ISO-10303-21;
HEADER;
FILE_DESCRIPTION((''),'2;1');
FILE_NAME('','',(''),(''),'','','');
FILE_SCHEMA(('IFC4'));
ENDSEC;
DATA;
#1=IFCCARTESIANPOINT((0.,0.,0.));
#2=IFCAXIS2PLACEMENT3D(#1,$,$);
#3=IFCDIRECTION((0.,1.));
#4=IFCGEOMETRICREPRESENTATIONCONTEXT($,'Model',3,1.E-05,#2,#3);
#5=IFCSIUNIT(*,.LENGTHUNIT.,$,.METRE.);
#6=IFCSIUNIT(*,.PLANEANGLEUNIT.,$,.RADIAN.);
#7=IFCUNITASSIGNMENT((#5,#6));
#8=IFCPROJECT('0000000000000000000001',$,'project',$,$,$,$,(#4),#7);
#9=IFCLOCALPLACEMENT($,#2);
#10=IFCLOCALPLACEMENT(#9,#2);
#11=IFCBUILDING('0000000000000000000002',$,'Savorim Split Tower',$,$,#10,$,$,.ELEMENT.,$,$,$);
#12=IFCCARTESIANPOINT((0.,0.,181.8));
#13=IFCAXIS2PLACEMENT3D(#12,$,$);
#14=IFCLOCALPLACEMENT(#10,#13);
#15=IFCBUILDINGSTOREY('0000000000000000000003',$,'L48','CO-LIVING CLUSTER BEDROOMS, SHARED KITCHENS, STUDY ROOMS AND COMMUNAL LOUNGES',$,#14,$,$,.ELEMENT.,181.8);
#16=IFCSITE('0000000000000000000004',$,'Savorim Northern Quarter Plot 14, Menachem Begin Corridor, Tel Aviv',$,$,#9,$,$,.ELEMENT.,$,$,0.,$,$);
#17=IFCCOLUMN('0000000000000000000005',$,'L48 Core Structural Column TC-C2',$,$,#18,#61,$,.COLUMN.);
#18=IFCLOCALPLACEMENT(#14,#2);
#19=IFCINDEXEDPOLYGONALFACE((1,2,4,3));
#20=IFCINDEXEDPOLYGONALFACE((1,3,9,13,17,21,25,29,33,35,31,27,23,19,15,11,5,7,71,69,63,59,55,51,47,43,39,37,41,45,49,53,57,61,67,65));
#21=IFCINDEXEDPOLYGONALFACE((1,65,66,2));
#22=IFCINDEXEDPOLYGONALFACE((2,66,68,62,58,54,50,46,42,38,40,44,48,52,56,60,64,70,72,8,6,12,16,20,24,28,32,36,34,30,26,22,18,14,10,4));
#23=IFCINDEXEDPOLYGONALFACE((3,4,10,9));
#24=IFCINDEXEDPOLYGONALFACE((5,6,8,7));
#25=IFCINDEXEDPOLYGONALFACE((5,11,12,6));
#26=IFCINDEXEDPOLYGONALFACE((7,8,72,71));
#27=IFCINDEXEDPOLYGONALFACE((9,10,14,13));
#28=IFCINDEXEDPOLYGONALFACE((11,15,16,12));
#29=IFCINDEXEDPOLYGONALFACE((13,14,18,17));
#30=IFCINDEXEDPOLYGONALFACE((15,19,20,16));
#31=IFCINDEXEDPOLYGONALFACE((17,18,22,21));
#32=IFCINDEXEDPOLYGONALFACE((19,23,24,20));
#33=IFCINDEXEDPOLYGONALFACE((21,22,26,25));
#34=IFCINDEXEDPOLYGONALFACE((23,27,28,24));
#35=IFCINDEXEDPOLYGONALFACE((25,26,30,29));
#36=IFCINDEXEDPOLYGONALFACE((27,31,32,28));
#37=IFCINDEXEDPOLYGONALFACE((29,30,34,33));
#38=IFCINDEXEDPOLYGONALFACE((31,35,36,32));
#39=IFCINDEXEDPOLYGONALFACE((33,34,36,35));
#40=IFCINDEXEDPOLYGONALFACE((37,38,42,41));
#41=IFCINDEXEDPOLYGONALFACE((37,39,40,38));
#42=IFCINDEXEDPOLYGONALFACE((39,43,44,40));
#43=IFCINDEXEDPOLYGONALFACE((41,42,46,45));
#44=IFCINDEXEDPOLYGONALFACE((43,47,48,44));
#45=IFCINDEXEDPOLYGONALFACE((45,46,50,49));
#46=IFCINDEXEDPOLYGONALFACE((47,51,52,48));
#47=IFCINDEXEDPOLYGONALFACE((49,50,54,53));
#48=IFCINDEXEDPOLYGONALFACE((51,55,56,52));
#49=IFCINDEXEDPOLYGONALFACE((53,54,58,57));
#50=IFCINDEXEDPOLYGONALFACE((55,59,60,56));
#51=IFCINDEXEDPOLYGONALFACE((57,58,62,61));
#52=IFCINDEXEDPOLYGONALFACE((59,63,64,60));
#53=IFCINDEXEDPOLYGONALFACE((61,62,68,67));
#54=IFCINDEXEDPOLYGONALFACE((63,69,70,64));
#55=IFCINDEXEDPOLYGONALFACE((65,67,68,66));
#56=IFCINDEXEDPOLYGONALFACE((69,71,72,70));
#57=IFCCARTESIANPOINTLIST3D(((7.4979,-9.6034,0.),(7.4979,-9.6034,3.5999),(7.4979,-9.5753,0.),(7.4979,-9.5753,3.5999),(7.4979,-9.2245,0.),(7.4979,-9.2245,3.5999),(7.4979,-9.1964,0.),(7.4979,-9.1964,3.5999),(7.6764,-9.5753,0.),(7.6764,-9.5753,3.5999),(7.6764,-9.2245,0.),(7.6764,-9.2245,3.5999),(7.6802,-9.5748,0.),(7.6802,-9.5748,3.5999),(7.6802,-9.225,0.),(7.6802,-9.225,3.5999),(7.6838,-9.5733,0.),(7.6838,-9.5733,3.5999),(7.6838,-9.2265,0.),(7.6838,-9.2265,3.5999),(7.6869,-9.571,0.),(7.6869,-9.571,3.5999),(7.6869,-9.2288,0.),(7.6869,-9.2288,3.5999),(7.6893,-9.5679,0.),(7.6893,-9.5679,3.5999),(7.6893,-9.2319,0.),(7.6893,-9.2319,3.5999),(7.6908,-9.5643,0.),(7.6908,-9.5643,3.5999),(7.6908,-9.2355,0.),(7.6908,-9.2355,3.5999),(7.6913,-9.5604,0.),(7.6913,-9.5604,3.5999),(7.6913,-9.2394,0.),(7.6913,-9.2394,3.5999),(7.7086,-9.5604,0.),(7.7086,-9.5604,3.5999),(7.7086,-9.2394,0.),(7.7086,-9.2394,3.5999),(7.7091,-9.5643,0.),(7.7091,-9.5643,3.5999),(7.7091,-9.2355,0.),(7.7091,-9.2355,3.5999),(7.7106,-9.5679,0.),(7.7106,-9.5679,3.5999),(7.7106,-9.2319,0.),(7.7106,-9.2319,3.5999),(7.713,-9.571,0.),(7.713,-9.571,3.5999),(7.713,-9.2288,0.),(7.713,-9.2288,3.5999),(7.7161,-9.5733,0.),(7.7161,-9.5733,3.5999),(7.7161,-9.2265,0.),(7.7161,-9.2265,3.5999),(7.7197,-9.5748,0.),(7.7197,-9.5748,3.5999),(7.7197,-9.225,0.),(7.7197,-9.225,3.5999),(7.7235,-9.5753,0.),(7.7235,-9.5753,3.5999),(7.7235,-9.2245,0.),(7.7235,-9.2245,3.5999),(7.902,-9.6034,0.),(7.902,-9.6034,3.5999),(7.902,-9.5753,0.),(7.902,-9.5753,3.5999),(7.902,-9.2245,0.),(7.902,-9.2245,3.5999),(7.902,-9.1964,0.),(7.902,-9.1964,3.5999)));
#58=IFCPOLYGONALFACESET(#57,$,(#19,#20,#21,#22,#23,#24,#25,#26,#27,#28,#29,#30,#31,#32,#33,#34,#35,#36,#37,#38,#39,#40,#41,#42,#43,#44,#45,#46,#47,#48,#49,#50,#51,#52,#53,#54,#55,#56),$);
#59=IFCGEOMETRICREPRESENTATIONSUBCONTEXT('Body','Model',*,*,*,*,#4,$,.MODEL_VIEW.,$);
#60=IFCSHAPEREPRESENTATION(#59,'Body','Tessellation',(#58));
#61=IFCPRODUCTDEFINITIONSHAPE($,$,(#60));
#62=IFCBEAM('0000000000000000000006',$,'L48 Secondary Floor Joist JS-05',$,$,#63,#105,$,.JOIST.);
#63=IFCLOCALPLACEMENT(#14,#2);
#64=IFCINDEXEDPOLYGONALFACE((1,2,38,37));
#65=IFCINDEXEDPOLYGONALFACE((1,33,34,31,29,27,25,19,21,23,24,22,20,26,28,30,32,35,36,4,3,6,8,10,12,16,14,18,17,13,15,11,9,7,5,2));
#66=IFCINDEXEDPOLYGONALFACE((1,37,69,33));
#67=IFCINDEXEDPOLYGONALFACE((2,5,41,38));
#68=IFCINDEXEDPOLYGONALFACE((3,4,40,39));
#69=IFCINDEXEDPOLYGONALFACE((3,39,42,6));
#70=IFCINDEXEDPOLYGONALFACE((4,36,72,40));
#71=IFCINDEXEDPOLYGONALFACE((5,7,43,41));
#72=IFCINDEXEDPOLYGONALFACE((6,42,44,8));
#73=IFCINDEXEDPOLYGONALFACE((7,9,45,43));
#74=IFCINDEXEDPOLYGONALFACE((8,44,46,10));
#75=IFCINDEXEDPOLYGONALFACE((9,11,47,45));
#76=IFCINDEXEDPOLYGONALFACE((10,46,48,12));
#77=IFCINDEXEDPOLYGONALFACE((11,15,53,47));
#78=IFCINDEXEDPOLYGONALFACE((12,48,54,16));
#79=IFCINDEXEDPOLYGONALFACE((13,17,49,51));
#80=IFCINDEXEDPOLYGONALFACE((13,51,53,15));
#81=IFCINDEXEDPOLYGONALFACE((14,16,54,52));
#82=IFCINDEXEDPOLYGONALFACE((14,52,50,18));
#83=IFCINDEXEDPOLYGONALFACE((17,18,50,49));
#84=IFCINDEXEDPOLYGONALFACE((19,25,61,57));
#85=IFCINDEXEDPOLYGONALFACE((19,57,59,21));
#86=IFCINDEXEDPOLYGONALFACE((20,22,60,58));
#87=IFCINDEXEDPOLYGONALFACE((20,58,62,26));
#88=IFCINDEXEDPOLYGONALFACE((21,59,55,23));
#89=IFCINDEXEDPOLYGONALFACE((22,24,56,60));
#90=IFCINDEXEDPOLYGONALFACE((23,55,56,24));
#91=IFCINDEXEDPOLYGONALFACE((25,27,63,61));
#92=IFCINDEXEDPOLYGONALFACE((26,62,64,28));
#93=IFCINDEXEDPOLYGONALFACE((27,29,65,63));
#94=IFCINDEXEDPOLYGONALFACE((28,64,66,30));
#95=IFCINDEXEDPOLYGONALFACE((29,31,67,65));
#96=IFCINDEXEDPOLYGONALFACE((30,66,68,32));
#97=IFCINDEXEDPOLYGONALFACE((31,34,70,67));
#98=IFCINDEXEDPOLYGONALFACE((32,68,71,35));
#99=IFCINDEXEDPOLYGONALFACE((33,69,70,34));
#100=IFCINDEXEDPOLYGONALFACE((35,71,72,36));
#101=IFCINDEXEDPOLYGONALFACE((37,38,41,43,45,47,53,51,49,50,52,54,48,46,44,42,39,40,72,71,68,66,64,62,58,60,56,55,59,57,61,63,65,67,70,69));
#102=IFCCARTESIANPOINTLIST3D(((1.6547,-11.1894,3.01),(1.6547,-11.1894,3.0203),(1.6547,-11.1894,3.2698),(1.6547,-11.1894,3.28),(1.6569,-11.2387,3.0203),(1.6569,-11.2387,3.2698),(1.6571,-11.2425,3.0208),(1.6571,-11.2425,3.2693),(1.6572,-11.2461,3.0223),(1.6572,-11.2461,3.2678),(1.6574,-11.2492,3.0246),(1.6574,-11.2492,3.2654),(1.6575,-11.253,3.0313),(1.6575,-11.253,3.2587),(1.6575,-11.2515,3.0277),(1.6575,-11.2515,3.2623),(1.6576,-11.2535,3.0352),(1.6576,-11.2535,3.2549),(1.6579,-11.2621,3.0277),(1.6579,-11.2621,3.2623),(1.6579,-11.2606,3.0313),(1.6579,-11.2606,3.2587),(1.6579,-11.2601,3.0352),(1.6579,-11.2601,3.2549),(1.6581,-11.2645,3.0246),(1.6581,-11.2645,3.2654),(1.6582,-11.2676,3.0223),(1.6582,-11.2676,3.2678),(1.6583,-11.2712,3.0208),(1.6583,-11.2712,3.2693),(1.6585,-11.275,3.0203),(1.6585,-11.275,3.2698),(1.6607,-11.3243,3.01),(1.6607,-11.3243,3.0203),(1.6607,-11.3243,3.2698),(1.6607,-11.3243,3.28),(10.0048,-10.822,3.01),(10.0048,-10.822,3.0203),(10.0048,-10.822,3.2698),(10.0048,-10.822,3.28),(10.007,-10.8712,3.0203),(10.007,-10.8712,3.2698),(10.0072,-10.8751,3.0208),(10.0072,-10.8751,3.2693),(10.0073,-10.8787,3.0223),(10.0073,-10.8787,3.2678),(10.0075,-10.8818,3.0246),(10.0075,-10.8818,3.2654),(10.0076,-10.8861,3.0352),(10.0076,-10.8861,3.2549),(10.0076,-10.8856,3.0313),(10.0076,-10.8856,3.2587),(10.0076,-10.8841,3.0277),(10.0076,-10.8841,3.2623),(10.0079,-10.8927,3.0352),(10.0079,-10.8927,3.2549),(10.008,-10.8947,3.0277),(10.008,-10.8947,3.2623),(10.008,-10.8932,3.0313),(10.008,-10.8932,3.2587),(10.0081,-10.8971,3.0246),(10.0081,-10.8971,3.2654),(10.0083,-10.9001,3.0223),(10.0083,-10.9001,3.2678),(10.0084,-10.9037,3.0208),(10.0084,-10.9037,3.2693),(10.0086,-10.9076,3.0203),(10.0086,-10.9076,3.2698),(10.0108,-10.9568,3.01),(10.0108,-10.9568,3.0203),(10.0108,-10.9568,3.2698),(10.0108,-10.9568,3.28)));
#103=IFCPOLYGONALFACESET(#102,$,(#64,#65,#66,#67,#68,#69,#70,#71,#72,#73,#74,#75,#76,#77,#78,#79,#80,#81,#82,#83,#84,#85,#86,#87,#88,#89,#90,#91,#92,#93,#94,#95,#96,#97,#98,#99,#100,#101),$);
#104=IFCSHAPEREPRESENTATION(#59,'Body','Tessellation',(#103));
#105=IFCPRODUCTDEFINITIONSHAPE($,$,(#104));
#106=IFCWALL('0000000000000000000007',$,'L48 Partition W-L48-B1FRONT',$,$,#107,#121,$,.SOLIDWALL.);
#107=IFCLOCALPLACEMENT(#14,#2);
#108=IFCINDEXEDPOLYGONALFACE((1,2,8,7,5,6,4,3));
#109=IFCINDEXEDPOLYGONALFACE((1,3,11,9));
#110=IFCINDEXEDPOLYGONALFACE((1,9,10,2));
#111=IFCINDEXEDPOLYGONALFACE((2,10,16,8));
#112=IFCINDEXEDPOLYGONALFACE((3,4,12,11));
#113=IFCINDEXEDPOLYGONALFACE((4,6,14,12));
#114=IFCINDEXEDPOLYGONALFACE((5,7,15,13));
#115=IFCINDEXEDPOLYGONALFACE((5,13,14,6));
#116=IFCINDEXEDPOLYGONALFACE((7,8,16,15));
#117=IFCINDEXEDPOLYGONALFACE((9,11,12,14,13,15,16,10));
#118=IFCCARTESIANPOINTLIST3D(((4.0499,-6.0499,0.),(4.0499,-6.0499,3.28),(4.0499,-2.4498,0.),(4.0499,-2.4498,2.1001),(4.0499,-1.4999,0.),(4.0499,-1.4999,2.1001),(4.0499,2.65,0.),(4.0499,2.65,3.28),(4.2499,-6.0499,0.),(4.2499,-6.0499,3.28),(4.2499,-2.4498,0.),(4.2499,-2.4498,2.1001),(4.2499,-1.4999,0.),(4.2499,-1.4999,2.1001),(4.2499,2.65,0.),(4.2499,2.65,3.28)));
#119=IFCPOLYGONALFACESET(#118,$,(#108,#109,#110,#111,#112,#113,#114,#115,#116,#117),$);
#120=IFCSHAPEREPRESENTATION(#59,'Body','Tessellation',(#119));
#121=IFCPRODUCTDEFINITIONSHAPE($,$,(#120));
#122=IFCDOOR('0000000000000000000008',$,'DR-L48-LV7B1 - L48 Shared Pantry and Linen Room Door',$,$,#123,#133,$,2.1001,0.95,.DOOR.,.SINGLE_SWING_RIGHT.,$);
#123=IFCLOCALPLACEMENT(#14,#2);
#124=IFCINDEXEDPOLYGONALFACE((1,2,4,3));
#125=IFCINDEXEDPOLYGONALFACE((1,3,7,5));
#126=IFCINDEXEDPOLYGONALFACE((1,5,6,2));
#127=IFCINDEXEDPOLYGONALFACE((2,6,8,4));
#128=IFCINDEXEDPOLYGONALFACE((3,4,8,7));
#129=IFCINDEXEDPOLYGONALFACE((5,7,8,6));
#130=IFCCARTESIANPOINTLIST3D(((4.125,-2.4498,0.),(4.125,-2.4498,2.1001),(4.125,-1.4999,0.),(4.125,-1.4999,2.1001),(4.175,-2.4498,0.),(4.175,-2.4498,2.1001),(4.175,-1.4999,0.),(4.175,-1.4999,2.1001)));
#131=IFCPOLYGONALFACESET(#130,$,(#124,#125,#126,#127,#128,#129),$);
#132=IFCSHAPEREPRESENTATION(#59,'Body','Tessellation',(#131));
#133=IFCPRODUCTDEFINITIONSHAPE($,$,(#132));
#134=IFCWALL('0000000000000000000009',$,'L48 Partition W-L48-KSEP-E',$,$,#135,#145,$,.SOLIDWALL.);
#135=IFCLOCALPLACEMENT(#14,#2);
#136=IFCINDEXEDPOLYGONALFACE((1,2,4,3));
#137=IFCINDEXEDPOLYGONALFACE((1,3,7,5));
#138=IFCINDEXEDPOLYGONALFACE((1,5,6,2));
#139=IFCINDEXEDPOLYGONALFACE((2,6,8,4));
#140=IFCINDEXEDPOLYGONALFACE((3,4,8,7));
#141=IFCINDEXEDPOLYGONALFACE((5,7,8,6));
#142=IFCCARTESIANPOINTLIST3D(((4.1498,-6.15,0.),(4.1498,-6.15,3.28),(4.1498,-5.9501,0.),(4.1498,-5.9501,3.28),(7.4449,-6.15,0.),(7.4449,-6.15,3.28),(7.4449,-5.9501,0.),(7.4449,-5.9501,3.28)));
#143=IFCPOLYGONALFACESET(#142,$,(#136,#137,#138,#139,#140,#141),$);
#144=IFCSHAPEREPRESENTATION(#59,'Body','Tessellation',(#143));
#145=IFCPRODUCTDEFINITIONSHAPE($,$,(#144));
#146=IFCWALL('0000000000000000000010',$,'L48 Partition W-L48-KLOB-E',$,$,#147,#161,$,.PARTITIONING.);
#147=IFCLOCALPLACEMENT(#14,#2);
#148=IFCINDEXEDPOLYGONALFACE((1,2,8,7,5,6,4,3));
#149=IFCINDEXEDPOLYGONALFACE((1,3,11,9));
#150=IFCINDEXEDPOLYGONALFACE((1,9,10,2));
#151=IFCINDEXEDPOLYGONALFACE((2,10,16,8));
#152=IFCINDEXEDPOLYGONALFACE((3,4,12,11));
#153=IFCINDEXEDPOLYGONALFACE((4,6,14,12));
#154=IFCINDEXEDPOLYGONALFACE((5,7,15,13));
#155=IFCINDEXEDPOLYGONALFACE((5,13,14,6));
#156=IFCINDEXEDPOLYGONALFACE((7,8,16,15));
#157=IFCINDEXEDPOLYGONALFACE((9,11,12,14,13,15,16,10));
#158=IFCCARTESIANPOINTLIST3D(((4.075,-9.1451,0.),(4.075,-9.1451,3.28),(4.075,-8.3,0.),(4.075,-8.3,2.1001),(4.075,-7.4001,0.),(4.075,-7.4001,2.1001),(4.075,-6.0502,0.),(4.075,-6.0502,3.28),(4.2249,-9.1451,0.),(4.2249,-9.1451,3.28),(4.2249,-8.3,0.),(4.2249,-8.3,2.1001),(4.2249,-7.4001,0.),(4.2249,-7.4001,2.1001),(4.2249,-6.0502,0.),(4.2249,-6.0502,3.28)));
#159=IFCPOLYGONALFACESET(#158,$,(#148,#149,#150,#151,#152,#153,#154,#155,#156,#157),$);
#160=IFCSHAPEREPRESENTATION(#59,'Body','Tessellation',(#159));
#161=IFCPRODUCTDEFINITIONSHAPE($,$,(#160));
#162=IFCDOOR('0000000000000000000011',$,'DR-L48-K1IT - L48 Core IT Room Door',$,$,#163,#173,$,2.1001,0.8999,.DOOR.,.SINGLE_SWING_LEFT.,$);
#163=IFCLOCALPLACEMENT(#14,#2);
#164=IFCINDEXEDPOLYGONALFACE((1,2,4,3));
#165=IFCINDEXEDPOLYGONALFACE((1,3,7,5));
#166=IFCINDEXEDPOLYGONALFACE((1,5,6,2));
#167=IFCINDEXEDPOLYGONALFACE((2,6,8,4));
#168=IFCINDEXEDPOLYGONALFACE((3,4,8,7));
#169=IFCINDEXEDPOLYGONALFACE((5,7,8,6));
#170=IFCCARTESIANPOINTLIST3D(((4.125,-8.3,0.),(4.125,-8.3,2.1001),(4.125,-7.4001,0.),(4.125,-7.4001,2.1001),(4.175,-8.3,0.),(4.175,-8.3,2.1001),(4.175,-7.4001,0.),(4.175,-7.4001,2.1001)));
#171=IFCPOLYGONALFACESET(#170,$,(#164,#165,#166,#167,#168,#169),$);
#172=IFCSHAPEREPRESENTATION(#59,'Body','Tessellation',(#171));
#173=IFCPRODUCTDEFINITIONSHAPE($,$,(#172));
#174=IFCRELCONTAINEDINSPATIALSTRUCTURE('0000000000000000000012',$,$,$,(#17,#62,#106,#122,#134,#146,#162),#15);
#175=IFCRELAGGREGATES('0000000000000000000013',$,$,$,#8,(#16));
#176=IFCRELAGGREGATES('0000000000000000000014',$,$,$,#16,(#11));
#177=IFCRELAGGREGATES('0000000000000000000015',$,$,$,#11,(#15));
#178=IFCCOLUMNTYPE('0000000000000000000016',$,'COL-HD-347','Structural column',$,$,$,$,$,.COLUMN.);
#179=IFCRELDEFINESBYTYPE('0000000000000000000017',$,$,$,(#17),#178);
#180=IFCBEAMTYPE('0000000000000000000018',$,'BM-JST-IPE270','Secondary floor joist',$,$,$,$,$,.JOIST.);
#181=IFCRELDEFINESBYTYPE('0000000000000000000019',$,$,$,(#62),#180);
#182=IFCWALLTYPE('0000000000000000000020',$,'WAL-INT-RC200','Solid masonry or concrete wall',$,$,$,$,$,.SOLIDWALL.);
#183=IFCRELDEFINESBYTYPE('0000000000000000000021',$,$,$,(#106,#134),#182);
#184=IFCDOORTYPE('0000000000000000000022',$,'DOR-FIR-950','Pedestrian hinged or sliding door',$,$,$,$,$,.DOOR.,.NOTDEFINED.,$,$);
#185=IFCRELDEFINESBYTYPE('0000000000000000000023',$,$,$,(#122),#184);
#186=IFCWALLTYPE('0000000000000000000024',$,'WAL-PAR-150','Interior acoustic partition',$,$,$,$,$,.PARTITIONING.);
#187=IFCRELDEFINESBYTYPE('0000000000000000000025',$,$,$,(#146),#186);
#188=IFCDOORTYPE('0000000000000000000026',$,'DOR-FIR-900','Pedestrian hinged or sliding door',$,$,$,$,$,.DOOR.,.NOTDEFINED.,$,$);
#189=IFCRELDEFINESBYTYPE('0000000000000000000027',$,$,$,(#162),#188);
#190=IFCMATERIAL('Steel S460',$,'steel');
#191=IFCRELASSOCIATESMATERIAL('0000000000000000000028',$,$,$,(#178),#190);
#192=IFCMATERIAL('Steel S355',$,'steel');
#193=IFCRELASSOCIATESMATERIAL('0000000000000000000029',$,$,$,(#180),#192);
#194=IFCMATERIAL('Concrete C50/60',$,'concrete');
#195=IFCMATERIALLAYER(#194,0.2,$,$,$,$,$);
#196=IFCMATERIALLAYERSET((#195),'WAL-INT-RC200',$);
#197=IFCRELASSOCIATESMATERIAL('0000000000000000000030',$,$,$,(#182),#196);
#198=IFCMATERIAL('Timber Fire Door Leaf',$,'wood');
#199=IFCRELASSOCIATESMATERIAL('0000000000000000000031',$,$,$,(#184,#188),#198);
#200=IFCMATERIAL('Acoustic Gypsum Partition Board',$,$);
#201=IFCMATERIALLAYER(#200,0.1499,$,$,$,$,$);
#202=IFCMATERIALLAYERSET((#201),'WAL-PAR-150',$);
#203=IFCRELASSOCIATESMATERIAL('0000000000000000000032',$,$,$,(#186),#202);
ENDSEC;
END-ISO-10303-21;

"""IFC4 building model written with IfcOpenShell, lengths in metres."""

from ifc_helpers import new_model, si_unit, direction, frame, frame_2d, origin, origin_2d, place, context, subcontext, project, spatial, rectangle, i_section, extrude, material, layer, layer_set, material_profile, profile_set, type_object, element, fill, save


model = new_model("IFC4")

# Units and contexts
model_context = context("Model", 3, precision=1e-05, world=origin(), true_north=direction((0.0, 1.0)))
body_context = subcontext(model_context, "Body", "Model", "MODEL_VIEW")
ifc_project = project(units=[si_unit("LENGTHUNIT", "METRE"), si_unit("PLANEANGLEUNIT", "RADIAN")], contexts=[model_context])

# Site, building, storey
site_placement = place(None, origin())
site = spatial("IfcSite", under=ifc_project, at=site_placement, Name="Savorim Northern Quarter Plot 14, Menachem Begin Corridor, Tel Aviv", CompositionType="ELEMENT", RefElevation=0.0)
building_placement = place(site_placement, origin())
building = spatial("IfcBuilding", under=site, at=building_placement, Name="Savorim Split Tower", CompositionType="ELEMENT")
storey_placement = place(building_placement, frame((0.0, 0.0, 181.8)))
storey = spatial("IfcBuildingStorey", under=building, at=storey_placement, Name="L48", Description="CO-LIVING CLUSTER BEDROOMS, SHARED KITCHENS, STUDY ROOMS AND COMMUNAL LOUNGES", CompositionType="ELEMENT", Elevation=181.8)

# Column
ifc_material_1 = material(Name="Steel S460", Category="steel")
ifc_material_profile_1 = material_profile(ifc_material_1, i_section(OverallWidth=0.4041, OverallDepth=0.407, WebThickness=0.0173, FlangeThickness=0.0281, FilletRadius=0.0149, at=origin_2d()), Name="HD 400x347")
ifc_profile_set_1 = profile_set([ifc_material_profile_1], Name="Steel S460")
column_type = type_object("IfcColumnType", Name="COL-HD-347", Description="Structural column", PredefinedType="COLUMN", material=ifc_profile_set_1)
column_placement = place(storey_placement, frame((7.7, -9.3999, 0.0), z_axis=(0.0, 0.0, 1.0), x_axis=(1.0, 0.0, 0.0)))
element("IfcColumn", 1, at=column_placement, inside=storey, type_object=column_type, Name="L48 Core Structural Column TC-C2", PredefinedType="COLUMN", context=body_context, shape_type="SweptSolid", body=[
    extrude(i_section(OverallWidth=0.4041, OverallDepth=0.407, WebThickness=0.0173, FlangeThickness=0.0281, FilletRadius=0.0149, at=origin_2d()), origin(), (0.0, 0.0, 1.0), 3.5999),
])

# Beam
ifc_material_2 = material(Name="Steel S355", Category="steel")
ifc_material_profile_2 = material_profile(ifc_material_2, i_section(OverallWidth=0.135, OverallDepth=0.27, WebThickness=0.0066, FlangeThickness=0.0103, FilletRadius=0.0149, at=origin_2d()), Name="IPE 270")
ifc_profile_set_2 = profile_set([ifc_material_profile_2], Name="Steel S355")
beam_type = type_object("IfcBeamType", Name="BM-JST-IPE270", Description="Secondary floor joist", PredefinedType="JOIST", material=ifc_profile_set_2)
beam_placement = place(storey_placement, frame((1.6577, -11.2568, 3.145), z_axis=(0.999033, 0.043961, 0.0), x_axis=(-0.043961, 0.999033, 0.0)))
element("IfcBeam", 2, at=beam_placement, inside=storey, type_object=beam_type, Name="L48 Secondary Floor Joist JS-05", PredefinedType="JOIST", context=body_context, shape_type="SweptSolid", body=[
    extrude(i_section(OverallWidth=0.135, OverallDepth=0.27, WebThickness=0.0066, FlangeThickness=0.0103, FilletRadius=0.0149, at=origin_2d()), origin(), (0.0, 0.0, 1.0), 8.3582),
])

# Wall, opening, door
ifc_material_3 = material(Name="Concrete C50/60", Category="concrete")
ifc_layer_1 = layer(ifc_material_3, 0.2)
ifc_layer_set_1 = layer_set([ifc_layer_1], Name="WAL-INT-RC200")
wall_type_1 = type_object("IfcWallType", Name="WAL-INT-RC200", Description="Solid masonry or concrete wall", PredefinedType="SOLIDWALL", material=ifc_layer_set_1)
wall_1_placement = place(storey_placement, frame((4.1499, -6.05, 0.0), z_axis=(0.0, 0.0, 1.0), x_axis=(0.0, 1.0, 0.0)))
wall_1 = element("IfcWall", 3, at=wall_1_placement, inside=storey, type_object=wall_type_1, Name="L48 Partition W-L48-B1FRONT", PredefinedType="SOLIDWALL", context=body_context, shape_type="SweptSolid", body=[
    extrude(rectangle(XDim=8.7, YDim=0.2, at=frame_2d((4.3501, 0.0))), origin(), (0.0, 0.0, 1.0), 3.28),
])
opening_1_placement = place(wall_1_placement, frame((3.6001, 0.0, 0.0)))
opening_1 = element("IfcOpeningElement", 4, at=opening_1_placement, cuts=wall_1, PredefinedType="OPENING", context=body_context, shape_type="SweptSolid", body=[
    extrude(rectangle(XDim=0.95, YDim=2.1001, at=frame_2d((0.4751, 1.05))), frame((0.0, 0.1099, 0.0), z_axis=(0.0, -1.0, 0.0), x_axis=(1.0, 0.0, 0.0)), (0.0, 0.0, 1.0), 0.22),
])
ifc_material_4 = material(Name="Timber Fire Door Leaf", Category="wood")
door_type_1 = type_object("IfcDoorType", Name="DOR-FIR-950", Description="Pedestrian hinged or sliding door", OperationType="NOTDEFINED", PredefinedType="DOOR", material=ifc_material_4)
door_1_placement = place(opening_1_placement, origin())
door_1 = element("IfcDoor", 5, at=door_1_placement, inside=storey, type_object=door_type_1, Name="DR-L48-LV7B1 - L48 Shared Pantry and Linen Room Door", OperationType="SINGLE_SWING_RIGHT", OverallHeight=2.1001, OverallWidth=0.95, PredefinedType="DOOR", context=body_context, shape_type="SweptSolid", body=[
    extrude(rectangle(XDim=0.95, YDim=2.1001, at=frame_2d((0.4751, 1.05))), frame((0.0, 0.0249, 0.0), z_axis=(0.0, -1.0, 0.0), x_axis=(1.0, 0.0, 0.0)), (0.0, 0.0, 1.0), 0.05),
])
fill(opening_1, door_1)

# Wall
wall_2_placement = place(storey_placement, frame((4.1499, -6.05, 0.0), z_axis=(0.0, 0.0, 1.0), x_axis=(1.0, 0.0, 0.0)))
element("IfcWall", 6, at=wall_2_placement, inside=storey, type_object=wall_type_1, Name="L48 Partition W-L48-KSEP-E", PredefinedType="SOLIDWALL", context=body_context, shape_type="SweptSolid", body=[
    extrude(rectangle(XDim=3.2952, YDim=0.2, at=frame_2d((1.6475, 0.0))), origin(), (0.0, 0.0, 1.0), 3.28),
])

# Wall, opening, door
ifc_material_5 = material(Name="Acoustic Gypsum Partition Board")
ifc_layer_2 = layer(ifc_material_5, 0.1499)
ifc_layer_set_2 = layer_set([ifc_layer_2], Name="WAL-PAR-150")
wall_type_2 = type_object("IfcWallType", Name="WAL-PAR-150", Description="Interior acoustic partition", PredefinedType="PARTITIONING", material=ifc_layer_set_2)
wall_3_placement = place(storey_placement, frame((4.1499, -9.145, 0.0), z_axis=(0.0, 0.0, 1.0), x_axis=(0.0, 1.0, 0.0)))
wall_3 = element("IfcWall", 7, at=wall_3_placement, inside=storey, type_object=wall_type_2, Name="L48 Partition W-L48-KLOB-E", PredefinedType="PARTITIONING", context=body_context, shape_type="SweptSolid", body=[
    extrude(rectangle(XDim=3.095, YDim=0.1499, at=frame_2d((1.5474, 0.0))), origin(), (0.0, 0.0, 1.0), 3.28),
])
opening_2_placement = place(wall_3_placement, frame((0.845, 0.0, 0.0)))
opening_2 = element("IfcOpeningElement", 8, at=opening_2_placement, cuts=wall_3, PredefinedType="OPENING", context=body_context, shape_type="SweptSolid", body=[
    extrude(rectangle(XDim=0.8999, YDim=2.1001, at=frame_2d((0.45, 1.05))), frame((0.0, 0.085, 0.0), z_axis=(0.0, -1.0, 0.0), x_axis=(1.0, 0.0, 0.0)), (0.0, 0.0, 1.0), 0.1699),
])
door_type_2 = type_object("IfcDoorType", Name="DOR-FIR-900", Description="Pedestrian hinged or sliding door", OperationType="NOTDEFINED", PredefinedType="DOOR", material=ifc_material_4)
door_2_placement = place(opening_2_placement, origin())
door_2 = element("IfcDoor", 9, at=door_2_placement, inside=storey, type_object=door_type_2, Name="DR-L48-K1IT - L48 Core IT Room Door", OperationType="SINGLE_SWING_LEFT", OverallHeight=2.1001, OverallWidth=0.8999, PredefinedType="DOOR", context=body_context, shape_type="SweptSolid", body=[
    extrude(rectangle(XDim=0.8999, YDim=2.1001, at=frame_2d((0.45, 1.05))), frame((0.0, 0.0249, 0.0), z_axis=(0.0, -1.0, 0.0), x_axis=(1.0, 0.0, 0.0)), (0.0, 0.0, 1.0), 0.05),
])
fill(opening_2, door_2)

save(model, "model.ifc")
